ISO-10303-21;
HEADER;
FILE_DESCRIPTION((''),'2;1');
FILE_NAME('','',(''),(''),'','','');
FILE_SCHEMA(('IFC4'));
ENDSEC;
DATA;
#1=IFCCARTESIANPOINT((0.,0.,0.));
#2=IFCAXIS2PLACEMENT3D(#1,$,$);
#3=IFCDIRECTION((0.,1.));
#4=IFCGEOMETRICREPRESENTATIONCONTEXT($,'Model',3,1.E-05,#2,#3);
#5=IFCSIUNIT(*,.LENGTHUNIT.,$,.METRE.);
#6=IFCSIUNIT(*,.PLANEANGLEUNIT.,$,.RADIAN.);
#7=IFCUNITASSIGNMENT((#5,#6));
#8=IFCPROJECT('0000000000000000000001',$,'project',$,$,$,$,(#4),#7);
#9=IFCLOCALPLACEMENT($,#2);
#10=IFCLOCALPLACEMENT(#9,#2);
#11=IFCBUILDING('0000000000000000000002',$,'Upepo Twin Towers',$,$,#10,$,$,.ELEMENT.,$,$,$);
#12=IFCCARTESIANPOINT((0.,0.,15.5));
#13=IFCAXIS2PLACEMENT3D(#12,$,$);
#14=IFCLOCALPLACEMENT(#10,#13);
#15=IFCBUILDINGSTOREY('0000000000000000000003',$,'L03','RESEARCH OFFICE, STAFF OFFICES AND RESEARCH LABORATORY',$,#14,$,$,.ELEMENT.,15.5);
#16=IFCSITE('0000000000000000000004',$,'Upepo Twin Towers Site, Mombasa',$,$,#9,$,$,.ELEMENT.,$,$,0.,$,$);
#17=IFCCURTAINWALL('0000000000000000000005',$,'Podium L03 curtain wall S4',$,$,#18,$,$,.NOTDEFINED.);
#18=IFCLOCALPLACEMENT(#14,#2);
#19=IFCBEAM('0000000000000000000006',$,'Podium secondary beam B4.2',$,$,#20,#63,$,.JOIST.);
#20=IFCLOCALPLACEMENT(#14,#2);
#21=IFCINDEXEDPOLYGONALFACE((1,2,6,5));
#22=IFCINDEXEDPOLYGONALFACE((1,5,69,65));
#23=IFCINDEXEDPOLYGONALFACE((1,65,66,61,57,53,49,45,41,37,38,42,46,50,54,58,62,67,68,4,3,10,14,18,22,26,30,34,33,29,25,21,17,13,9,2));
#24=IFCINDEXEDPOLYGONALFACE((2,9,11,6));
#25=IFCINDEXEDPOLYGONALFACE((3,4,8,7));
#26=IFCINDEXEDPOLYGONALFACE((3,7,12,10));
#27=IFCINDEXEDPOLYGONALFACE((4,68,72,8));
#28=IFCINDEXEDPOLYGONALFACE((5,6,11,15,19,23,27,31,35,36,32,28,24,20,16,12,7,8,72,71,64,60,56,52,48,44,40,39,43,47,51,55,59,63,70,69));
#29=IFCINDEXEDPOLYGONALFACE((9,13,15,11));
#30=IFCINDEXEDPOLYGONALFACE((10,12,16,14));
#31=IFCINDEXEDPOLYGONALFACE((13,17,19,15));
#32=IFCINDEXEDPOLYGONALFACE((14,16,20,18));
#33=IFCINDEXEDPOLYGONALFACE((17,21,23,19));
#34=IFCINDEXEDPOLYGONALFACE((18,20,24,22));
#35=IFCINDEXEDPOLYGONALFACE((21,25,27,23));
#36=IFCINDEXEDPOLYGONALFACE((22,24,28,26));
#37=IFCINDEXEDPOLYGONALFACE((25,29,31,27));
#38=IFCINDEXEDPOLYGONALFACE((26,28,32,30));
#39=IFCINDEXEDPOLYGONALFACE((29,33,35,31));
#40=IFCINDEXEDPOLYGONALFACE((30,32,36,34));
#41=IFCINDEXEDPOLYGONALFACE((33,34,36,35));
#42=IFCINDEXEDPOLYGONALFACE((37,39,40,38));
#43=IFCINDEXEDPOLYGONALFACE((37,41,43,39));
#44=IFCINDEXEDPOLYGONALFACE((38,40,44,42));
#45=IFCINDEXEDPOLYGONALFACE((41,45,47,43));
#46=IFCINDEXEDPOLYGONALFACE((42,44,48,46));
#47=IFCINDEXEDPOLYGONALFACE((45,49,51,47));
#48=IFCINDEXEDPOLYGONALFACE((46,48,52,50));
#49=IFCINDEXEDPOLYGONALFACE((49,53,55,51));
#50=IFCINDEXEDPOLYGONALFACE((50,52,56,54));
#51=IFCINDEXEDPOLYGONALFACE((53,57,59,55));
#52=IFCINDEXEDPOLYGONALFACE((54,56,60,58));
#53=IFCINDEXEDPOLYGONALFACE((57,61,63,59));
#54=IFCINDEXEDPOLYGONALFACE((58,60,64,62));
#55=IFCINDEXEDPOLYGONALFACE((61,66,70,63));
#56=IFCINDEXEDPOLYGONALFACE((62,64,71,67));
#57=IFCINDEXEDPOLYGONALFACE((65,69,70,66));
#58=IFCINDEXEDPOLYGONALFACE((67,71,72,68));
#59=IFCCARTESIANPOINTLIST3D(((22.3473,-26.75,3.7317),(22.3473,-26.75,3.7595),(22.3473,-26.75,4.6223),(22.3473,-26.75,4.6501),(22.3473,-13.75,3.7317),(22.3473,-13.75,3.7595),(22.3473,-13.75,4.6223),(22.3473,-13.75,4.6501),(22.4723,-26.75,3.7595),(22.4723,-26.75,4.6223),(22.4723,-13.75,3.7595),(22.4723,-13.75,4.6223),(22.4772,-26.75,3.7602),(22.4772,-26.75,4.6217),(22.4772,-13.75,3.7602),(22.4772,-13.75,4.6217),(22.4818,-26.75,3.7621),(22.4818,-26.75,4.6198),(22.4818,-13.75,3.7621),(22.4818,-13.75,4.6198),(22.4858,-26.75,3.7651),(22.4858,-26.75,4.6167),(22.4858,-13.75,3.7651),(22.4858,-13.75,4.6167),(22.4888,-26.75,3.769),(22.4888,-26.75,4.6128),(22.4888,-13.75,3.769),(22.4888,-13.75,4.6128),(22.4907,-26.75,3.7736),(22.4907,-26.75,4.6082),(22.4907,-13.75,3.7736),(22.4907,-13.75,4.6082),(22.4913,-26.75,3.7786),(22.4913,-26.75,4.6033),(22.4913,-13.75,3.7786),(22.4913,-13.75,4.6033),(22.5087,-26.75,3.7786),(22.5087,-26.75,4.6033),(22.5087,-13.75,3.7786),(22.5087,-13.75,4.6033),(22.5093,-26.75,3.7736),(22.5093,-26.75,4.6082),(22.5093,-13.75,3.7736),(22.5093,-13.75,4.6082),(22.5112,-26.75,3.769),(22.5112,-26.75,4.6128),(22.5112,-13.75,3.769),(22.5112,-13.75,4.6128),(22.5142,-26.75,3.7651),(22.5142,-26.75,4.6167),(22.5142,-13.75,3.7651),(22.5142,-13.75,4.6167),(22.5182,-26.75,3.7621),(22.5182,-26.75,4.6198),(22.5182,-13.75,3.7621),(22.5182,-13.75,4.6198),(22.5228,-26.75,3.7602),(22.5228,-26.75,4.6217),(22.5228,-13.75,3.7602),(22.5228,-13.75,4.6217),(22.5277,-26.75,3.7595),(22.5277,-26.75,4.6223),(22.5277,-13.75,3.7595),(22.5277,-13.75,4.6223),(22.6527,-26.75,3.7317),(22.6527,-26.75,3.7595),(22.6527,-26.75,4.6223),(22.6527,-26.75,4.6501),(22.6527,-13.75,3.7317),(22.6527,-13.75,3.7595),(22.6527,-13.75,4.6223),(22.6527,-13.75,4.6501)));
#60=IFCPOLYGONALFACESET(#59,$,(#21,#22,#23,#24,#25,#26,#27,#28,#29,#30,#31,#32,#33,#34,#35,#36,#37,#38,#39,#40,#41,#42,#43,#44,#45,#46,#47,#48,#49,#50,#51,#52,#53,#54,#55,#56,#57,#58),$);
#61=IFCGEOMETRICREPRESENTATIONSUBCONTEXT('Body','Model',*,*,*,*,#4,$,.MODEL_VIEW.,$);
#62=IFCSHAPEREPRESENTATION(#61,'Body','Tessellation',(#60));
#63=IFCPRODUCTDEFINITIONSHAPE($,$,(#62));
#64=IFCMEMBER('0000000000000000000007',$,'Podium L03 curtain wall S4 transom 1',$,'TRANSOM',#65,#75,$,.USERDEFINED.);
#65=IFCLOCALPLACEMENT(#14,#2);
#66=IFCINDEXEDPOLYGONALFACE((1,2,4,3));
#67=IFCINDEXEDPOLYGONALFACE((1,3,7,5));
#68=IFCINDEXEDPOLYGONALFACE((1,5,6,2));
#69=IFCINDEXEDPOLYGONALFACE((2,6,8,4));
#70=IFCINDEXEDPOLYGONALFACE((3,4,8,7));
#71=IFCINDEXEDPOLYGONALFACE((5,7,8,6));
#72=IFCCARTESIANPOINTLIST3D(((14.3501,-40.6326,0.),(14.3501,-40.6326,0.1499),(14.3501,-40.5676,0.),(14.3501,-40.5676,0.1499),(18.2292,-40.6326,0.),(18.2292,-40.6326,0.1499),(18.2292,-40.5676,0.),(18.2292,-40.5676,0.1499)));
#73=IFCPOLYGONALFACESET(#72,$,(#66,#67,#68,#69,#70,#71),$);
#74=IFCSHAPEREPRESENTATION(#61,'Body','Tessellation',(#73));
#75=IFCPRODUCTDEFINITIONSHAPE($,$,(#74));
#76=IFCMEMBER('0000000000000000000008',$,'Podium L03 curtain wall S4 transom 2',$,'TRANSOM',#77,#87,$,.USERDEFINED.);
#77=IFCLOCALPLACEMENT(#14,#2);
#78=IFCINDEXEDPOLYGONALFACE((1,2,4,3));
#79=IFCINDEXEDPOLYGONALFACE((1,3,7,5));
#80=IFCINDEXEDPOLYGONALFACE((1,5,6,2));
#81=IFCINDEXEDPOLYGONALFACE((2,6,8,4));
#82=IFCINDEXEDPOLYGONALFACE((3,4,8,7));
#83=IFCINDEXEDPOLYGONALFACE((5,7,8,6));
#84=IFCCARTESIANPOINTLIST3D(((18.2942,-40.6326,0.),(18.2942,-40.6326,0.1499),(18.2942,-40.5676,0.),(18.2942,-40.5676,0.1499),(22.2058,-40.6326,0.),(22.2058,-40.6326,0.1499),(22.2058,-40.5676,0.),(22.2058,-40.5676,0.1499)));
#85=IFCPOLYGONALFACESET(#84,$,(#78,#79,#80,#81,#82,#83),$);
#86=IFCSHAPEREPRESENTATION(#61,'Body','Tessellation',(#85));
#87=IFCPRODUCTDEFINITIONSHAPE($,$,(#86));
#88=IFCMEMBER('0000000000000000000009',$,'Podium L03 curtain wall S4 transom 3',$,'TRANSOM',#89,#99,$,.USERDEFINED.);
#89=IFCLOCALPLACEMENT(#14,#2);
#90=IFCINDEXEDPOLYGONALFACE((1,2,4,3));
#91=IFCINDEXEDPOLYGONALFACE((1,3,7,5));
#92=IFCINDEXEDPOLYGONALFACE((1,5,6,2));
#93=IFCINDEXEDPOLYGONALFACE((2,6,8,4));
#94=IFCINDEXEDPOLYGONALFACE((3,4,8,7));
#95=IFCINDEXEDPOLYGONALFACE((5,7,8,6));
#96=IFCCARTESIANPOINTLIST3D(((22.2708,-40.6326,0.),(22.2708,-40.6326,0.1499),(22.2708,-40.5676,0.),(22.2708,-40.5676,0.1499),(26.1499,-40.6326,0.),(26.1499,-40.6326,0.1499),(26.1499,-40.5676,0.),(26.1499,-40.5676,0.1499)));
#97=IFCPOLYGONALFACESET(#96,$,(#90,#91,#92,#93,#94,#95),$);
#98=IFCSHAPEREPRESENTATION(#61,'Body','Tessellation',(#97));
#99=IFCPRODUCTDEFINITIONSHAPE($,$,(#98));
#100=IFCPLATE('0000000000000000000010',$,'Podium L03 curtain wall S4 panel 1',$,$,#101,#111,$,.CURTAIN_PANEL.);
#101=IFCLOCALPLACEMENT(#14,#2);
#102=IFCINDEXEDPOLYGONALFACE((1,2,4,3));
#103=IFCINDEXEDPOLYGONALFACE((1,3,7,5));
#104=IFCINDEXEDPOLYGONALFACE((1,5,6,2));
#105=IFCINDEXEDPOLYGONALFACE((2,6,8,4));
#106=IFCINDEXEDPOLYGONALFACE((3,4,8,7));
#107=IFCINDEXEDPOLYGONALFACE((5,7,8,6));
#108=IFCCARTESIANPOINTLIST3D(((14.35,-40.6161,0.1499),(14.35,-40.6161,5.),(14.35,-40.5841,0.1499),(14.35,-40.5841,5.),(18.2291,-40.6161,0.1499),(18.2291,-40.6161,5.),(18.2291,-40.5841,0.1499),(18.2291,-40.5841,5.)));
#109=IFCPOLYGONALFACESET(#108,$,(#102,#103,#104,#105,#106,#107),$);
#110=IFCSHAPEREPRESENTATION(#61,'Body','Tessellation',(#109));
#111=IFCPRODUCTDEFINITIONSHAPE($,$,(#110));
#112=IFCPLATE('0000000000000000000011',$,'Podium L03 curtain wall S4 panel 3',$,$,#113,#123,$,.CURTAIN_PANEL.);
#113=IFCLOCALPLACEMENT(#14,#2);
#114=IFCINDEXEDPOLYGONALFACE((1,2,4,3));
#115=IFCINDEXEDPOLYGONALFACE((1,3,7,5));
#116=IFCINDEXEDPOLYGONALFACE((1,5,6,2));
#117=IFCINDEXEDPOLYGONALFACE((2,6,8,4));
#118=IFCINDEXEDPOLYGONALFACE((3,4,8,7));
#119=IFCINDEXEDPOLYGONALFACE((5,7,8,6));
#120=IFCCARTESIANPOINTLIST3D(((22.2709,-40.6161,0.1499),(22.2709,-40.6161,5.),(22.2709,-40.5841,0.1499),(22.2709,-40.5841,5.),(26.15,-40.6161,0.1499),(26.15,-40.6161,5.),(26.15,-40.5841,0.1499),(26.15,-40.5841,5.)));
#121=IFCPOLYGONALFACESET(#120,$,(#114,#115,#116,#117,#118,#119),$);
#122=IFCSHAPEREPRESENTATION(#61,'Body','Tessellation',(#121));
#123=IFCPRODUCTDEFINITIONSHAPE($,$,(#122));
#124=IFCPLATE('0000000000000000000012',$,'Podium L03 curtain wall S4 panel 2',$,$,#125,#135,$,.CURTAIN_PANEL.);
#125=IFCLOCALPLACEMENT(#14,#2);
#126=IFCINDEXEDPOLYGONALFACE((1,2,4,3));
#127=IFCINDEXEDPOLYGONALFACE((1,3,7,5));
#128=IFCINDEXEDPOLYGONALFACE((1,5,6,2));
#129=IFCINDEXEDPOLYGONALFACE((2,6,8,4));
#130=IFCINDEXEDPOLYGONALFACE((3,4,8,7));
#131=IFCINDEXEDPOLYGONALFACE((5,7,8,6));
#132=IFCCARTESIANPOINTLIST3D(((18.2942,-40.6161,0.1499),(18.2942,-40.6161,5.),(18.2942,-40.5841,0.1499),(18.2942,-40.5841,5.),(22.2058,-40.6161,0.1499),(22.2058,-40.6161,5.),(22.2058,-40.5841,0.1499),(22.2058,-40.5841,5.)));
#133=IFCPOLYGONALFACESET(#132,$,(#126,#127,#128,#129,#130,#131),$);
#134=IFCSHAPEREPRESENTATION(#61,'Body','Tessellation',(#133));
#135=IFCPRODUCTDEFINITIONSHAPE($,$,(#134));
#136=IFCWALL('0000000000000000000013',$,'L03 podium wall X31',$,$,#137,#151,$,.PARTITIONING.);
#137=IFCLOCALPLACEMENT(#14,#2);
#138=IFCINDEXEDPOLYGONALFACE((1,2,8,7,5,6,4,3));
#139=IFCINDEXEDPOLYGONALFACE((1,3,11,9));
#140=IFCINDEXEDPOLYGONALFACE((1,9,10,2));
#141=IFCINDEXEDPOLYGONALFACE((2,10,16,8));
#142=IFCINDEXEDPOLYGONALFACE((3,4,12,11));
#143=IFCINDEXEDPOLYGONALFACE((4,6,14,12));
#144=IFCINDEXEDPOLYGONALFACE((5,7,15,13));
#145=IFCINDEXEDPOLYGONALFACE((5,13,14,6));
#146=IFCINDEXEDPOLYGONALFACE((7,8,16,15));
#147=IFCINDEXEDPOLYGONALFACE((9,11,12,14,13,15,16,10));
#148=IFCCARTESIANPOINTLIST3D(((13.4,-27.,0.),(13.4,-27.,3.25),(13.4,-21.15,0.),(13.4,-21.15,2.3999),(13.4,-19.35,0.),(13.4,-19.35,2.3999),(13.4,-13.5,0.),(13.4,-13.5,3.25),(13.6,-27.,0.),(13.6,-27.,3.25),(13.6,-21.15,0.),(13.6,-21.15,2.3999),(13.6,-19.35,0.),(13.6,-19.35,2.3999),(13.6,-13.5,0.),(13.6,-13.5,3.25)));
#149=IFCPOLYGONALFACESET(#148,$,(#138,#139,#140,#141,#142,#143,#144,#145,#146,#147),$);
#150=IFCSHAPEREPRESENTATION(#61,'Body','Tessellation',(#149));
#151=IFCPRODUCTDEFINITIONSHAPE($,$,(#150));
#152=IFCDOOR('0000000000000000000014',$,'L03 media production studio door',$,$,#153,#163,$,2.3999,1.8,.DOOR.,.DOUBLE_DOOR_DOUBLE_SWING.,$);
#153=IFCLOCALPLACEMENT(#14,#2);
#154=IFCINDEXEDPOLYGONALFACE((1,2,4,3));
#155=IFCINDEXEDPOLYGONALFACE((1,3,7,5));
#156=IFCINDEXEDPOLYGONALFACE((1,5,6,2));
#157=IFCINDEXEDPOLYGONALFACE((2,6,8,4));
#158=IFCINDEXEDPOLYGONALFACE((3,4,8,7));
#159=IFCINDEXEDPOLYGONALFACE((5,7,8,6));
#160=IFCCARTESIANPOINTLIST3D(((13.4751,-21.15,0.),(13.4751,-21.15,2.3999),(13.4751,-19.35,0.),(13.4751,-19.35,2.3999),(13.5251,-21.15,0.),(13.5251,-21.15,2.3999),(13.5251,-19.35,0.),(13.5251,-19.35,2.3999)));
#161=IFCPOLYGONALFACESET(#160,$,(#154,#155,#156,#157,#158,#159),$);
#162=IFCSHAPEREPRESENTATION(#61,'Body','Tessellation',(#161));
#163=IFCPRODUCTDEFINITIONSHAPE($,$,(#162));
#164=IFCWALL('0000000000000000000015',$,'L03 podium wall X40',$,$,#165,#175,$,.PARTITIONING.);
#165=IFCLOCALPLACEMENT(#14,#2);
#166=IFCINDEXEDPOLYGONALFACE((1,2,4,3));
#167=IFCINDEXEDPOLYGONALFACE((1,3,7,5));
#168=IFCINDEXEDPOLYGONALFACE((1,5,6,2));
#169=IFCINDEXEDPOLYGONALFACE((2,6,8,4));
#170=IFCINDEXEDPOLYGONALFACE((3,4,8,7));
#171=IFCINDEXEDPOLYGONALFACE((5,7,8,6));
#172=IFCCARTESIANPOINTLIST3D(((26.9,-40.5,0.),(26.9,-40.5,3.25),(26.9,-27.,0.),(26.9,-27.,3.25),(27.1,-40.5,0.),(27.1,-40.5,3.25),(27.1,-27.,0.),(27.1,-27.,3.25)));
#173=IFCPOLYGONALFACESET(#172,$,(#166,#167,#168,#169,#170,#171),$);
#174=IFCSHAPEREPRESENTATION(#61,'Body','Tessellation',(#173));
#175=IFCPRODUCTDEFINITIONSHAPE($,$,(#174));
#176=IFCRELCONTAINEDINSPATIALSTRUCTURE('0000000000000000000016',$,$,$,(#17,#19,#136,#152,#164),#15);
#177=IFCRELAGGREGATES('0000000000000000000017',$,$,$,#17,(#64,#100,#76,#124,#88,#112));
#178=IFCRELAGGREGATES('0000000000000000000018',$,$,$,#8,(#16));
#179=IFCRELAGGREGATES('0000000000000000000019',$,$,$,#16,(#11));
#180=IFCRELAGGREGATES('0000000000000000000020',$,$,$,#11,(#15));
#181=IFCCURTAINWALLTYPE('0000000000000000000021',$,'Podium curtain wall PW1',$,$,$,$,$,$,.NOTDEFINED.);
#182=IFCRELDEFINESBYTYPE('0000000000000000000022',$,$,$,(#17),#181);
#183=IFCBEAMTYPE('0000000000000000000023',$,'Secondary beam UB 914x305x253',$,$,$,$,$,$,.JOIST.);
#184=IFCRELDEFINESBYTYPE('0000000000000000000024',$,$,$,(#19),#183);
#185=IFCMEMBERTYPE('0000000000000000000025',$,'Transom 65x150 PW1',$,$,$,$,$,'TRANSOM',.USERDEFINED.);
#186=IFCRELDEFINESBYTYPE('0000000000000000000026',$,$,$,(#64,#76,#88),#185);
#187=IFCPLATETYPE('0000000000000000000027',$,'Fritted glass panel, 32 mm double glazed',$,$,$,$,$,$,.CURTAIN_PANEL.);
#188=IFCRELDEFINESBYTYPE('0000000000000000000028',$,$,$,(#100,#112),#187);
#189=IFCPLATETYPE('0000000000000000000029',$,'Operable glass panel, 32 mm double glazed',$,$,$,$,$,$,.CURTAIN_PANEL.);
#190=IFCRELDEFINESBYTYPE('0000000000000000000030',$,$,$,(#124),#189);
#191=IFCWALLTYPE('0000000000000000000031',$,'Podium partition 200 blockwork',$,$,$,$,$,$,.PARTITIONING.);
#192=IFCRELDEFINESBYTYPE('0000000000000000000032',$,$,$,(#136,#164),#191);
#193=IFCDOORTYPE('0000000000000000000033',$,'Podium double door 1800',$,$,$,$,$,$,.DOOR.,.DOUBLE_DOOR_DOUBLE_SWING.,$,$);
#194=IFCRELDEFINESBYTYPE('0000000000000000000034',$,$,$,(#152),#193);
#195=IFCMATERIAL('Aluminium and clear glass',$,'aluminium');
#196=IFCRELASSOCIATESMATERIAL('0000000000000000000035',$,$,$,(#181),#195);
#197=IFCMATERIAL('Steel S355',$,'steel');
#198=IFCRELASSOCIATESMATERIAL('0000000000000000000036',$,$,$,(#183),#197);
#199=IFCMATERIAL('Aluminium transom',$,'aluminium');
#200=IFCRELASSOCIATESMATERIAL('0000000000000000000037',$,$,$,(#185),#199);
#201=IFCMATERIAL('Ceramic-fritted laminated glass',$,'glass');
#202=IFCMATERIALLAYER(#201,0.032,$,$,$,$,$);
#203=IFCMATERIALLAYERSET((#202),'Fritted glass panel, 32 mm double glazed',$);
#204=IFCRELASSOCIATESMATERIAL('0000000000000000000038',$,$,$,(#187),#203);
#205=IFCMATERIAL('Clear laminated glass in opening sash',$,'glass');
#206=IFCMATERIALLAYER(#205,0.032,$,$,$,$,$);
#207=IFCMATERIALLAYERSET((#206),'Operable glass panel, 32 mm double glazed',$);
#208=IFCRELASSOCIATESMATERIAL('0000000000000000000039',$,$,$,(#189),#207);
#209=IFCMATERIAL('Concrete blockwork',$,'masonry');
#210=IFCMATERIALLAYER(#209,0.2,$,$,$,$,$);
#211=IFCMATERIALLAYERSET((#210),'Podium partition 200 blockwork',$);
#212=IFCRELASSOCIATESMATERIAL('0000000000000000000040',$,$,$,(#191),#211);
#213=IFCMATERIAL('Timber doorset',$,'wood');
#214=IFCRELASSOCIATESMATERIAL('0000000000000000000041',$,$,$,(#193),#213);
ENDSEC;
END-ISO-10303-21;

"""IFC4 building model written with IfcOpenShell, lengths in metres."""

from ifc_helpers import new_model, si_unit, direction, frame, frame_2d, origin, origin_2d, place, context, subcontext, project, spatial, rectangle, i_section, extrude, material, layer, layer_set, material_profile, profile_set, type_object, element, fill, aggregate, save


model = new_model("IFC4")

# Units and contexts
model_context = context("Model", 3, precision=1e-05, world=origin(), true_north=direction((0.0, 1.0)))
body_context = subcontext(model_context, "Body", "Model", "MODEL_VIEW")
ifc_project = project(units=[si_unit("LENGTHUNIT", "METRE"), si_unit("PLANEANGLEUNIT", "RADIAN")], contexts=[model_context])

# Site, building, storey
site_placement = place(None, origin())
site = spatial("IfcSite", under=ifc_project, at=site_placement, Name="Upepo Twin Towers Site, Mombasa", CompositionType="ELEMENT", RefElevation=0.0)
building_placement = place(site_placement, origin())
building = spatial("IfcBuilding", under=site, at=building_placement, Name="Upepo Twin Towers", CompositionType="ELEMENT")
storey_placement = place(building_placement, frame((0.0, 0.0, 15.5)))
storey = spatial("IfcBuildingStorey", under=building, at=storey_placement, Name="L03", Description="RESEARCH OFFICE, STAFF OFFICES AND RESEARCH LABORATORY", CompositionType="ELEMENT", Elevation=15.5)

# Curtain wall
ifc_material_1 = material(Name="Aluminium and clear glass", Category="aluminium")
curtain_wall_type = type_object("IfcCurtainWallType", Name="Podium curtain wall PW1", PredefinedType="NOTDEFINED", material=ifc_material_1)
curtain_wall_placement = place(storey_placement, origin())
curtain_wall = element("IfcCurtainWall", 1, at=curtain_wall_placement, inside=storey, type_object=curtain_wall_type, Name="Podium L03 curtain wall S4", PredefinedType="NOTDEFINED")

# Beam
ifc_material_2 = material(Name="Steel S355", Category="steel")
ifc_material_profile_1 = material_profile(ifc_material_2, i_section(OverallWidth=0.3054, OverallDepth=0.9185, WebThickness=0.0173, FlangeThickness=0.0278, FilletRadius=0.019, at=origin_2d()), Name="UB 914x305x253")
ifc_profile_set_1 = profile_set([ifc_material_profile_1], Name="Steel S355")
beam_type_1 = type_object("IfcBeamType", Name="Secondary beam UB 914x305x253", PredefinedType="JOIST", material=ifc_profile_set_1)
for number, where, z_axis, x_axis, name in (
    (2, (22.5, -26.75, 4.1909), (0.0, 1.0, 0.0), (-1.0, 0.0, 0.0), "Podium secondary beam B4.2"),
):
    element("IfcBeam", number, at=place(storey_placement, frame(where, z_axis=z_axis, x_axis=x_axis)), inside=storey, type_object=beam_type_1, Name=name, PredefinedType="JOIST", context=body_context, shape_type="SweptSolid", body=[
        extrude(i_section(OverallWidth=0.3054, OverallDepth=0.9185, WebThickness=0.0173, FlangeThickness=0.0278, FilletRadius=0.019, at=origin_2d()), origin(), (0.0, 0.0, 1.0), 13.0),
    ])

# Members
ifc_material_3 = material(Name="Aluminium transom", Category="aluminium")
ifc_material_profile_2 = material_profile(ifc_material_3, rectangle(XDim=0.0649, YDim=0.1499, at=origin_2d()), Name="TRANSOM 65x150 PODIUM")
ifc_profile_set_2 = profile_set([ifc_material_profile_2], Name="Aluminium transom")
member_type_1 = type_object("IfcMemberType", Name="Transom 65x150 PW1", ElementType="TRANSOM", PredefinedType="USERDEFINED", material=ifc_profile_set_2)
member_1_placement = place(storey_placement, frame((14.3501, -40.6001, 0.075), z_axis=(1.0, 0.0, 0.0), x_axis=(0.0, 1.0, 0.0)))
member_1 = element("IfcMember", 3, at=member_1_placement, type_object=member_type_1, Name="Podium L03 curtain wall S4 transom 1", ObjectType="TRANSOM", PredefinedType="USERDEFINED", context=body_context, shape_type="SweptSolid", body=[
    extrude(rectangle(XDim=0.0649, YDim=0.1499, at=origin_2d()), origin(), (0.0, 0.0, 1.0), 3.8792),
])
member_2_placement = place(storey_placement, frame((18.2942, -40.6001, 0.075), z_axis=(1.0, 0.0, 0.0), x_axis=(0.0, 1.0, 0.0)))
member_2 = element("IfcMember", 4, at=member_2_placement, type_object=member_type_1, Name="Podium L03 curtain wall S4 transom 2", ObjectType="TRANSOM", PredefinedType="USERDEFINED", context=body_context, shape_type="SweptSolid", body=[
    extrude(rectangle(XDim=0.0649, YDim=0.1499, at=origin_2d()), origin(), (0.0, 0.0, 1.0), 3.9116),
])
member_3_placement = place(storey_placement, frame((22.2708, -40.6001, 0.075), z_axis=(1.0, 0.0, 0.0), x_axis=(0.0, 1.0, 0.0)))
member_3 = element("IfcMember", 5, at=member_3_placement, type_object=member_type_1, Name="Podium L03 curtain wall S4 transom 3", ObjectType="TRANSOM", PredefinedType="USERDEFINED", context=body_context, shape_type="SweptSolid", body=[
    extrude(rectangle(XDim=0.0649, YDim=0.1499, at=origin_2d()), origin(), (0.0, 0.0, 1.0), 3.8792),
])

# Plates
ifc_material_4 = material(Name="Ceramic-fritted laminated glass", Category="glass")
ifc_layer_1 = layer(ifc_material_4, 0.032)
ifc_layer_set_1 = layer_set([ifc_layer_1], Name="Fritted glass panel, 32 mm double glazed")
plate_type_1 = type_object("IfcPlateType", Name="Fritted glass panel, 32 mm double glazed", PredefinedType="CURTAIN_PANEL", material=ifc_layer_set_1)
plate_1_placement = place(storey_placement, frame((16.2896, -40.6001, 0.1499), z_axis=(0.0, 0.0, 1.0), x_axis=(1.0, 0.0, 0.0)))
plate_1 = element("IfcPlate", 6, at=plate_1_placement, type_object=plate_type_1, Name="Podium L03 curtain wall S4 panel 1", PredefinedType="CURTAIN_PANEL", context=body_context, shape_type="SweptSolid", body=[
    extrude(rectangle(XDim=3.8792, YDim=0.032, at=origin_2d()), origin(), (0.0, 0.0, 1.0), 4.8501),
])
plate_2_placement = place(storey_placement, frame((24.2104, -40.6001, 0.1499), z_axis=(0.0, 0.0, 1.0), x_axis=(1.0, 0.0, 0.0)))
plate_2 = element("IfcPlate", 7, at=plate_2_placement, type_object=plate_type_1, Name="Podium L03 curtain wall S4 panel 3", PredefinedType="CURTAIN_PANEL", context=body_context, shape_type="SweptSolid", body=[
    extrude(rectangle(XDim=3.8792, YDim=0.032, at=origin_2d()), origin(), (0.0, 0.0, 1.0), 4.8501),
])
ifc_material_5 = material(Name="Clear laminated glass in opening sash", Category="glass")
ifc_layer_2 = layer(ifc_material_5, 0.032)
ifc_layer_set_2 = layer_set([ifc_layer_2], Name="Operable glass panel, 32 mm double glazed")
plate_type_2 = type_object("IfcPlateType", Name="Operable glass panel, 32 mm double glazed", PredefinedType="CURTAIN_PANEL", material=ifc_layer_set_2)
plate_3_placement = place(storey_placement, frame((20.25, -40.6001, 0.1499), z_axis=(0.0, 0.0, 1.0), x_axis=(1.0, 0.0, 0.0)))
plate_3 = element("IfcPlate", 8, at=plate_3_placement, type_object=plate_type_2, Name="Podium L03 curtain wall S4 panel 2", PredefinedType="CURTAIN_PANEL", context=body_context, shape_type="SweptSolid", body=[
    extrude(rectangle(XDim=3.9116, YDim=0.032, at=origin_2d()), origin(), (0.0, 0.0, 1.0), 4.8501),
])
aggregate(curtain_wall, [member_1, plate_1, member_2, plate_3, member_3, plate_2])

# Wall, opening, door
ifc_material_6 = material(Name="Concrete blockwork", Category="masonry")
ifc_layer_3 = layer(ifc_material_6, 0.2)
ifc_layer_set_3 = layer_set([ifc_layer_3], Name="Podium partition 200 blockwork")
wall_type = type_object("IfcWallType", Name="Podium partition 200 blockwork", PredefinedType="PARTITIONING", material=ifc_layer_set_3)
wall_1_placement = place(storey_placement, frame((13.5, -27.0, 0.0), z_axis=(0.0, 0.0, 1.0), x_axis=(0.0, 1.0, 0.0)))
wall_1 = element("IfcWall", 9, at=wall_1_placement, inside=storey, type_object=wall_type, Name="L03 podium wall X31", PredefinedType="PARTITIONING", context=body_context, shape_type="SweptSolid", body=[
    extrude(rectangle(XDim=13.5, YDim=0.2, at=frame_2d((6.75, 0.0))), origin(), (0.0, 0.0, 1.0), 3.25),
])
opening_1_placement = place(wall_1_placement, frame((5.8501, 0.0, 0.0)))
opening_1 = element("IfcOpeningElement", 10, at=opening_1_placement, cuts=wall_1, PredefinedType="OPENING", context=body_context, shape_type="SweptSolid", body=[
    extrude(rectangle(XDim=1.8, YDim=2.3999, at=frame_2d((0.8999, 1.2))), frame((0.0, 0.1099, 0.0), z_axis=(0.0, -1.0, 0.0), x_axis=(1.0, 0.0, 0.0)), (0.0, 0.0, 1.0), 0.22),
])
ifc_material_7 = material(Name="Timber doorset", Category="wood")
door_type = type_object("IfcDoorType", Name="Podium double door 1800", OperationType="DOUBLE_DOOR_DOUBLE_SWING", PredefinedType="DOOR", material=ifc_material_7)
door_1_placement = place(opening_1_placement, origin())
door_1 = element("IfcDoor", 11, at=door_1_placement, inside=storey, type_object=door_type, Name="L03 media production studio door", OperationType="DOUBLE_DOOR_DOUBLE_SWING", OverallHeight=2.3999, OverallWidth=1.8, PredefinedType="DOOR", context=body_context, shape_type="SweptSolid", body=[
    extrude(rectangle(XDim=1.8, YDim=2.3999, at=frame_2d((0.8999, 1.2))), frame((0.0, 0.0249, 0.0), z_axis=(0.0, -1.0, 0.0), x_axis=(1.0, 0.0, 0.0)), (0.0, 0.0, 1.0), 0.05),
])
fill(opening_1, door_1)

# Wall
wall_2_placement = place(storey_placement, frame((27.0, -40.5, 0.0), z_axis=(0.0, 0.0, 1.0), x_axis=(0.0, 1.0, 0.0)))
element("IfcWall", 12, at=wall_2_placement, inside=storey, type_object=wall_type, Name="L03 podium wall X40", PredefinedType="PARTITIONING", context=body_context, shape_type="SweptSolid", body=[
    extrude(rectangle(XDim=13.5, YDim=0.2, at=frame_2d((6.75, 0.0))), origin(), (0.0, 0.0, 1.0), 3.25),
])

save(model, "model.ifc")
